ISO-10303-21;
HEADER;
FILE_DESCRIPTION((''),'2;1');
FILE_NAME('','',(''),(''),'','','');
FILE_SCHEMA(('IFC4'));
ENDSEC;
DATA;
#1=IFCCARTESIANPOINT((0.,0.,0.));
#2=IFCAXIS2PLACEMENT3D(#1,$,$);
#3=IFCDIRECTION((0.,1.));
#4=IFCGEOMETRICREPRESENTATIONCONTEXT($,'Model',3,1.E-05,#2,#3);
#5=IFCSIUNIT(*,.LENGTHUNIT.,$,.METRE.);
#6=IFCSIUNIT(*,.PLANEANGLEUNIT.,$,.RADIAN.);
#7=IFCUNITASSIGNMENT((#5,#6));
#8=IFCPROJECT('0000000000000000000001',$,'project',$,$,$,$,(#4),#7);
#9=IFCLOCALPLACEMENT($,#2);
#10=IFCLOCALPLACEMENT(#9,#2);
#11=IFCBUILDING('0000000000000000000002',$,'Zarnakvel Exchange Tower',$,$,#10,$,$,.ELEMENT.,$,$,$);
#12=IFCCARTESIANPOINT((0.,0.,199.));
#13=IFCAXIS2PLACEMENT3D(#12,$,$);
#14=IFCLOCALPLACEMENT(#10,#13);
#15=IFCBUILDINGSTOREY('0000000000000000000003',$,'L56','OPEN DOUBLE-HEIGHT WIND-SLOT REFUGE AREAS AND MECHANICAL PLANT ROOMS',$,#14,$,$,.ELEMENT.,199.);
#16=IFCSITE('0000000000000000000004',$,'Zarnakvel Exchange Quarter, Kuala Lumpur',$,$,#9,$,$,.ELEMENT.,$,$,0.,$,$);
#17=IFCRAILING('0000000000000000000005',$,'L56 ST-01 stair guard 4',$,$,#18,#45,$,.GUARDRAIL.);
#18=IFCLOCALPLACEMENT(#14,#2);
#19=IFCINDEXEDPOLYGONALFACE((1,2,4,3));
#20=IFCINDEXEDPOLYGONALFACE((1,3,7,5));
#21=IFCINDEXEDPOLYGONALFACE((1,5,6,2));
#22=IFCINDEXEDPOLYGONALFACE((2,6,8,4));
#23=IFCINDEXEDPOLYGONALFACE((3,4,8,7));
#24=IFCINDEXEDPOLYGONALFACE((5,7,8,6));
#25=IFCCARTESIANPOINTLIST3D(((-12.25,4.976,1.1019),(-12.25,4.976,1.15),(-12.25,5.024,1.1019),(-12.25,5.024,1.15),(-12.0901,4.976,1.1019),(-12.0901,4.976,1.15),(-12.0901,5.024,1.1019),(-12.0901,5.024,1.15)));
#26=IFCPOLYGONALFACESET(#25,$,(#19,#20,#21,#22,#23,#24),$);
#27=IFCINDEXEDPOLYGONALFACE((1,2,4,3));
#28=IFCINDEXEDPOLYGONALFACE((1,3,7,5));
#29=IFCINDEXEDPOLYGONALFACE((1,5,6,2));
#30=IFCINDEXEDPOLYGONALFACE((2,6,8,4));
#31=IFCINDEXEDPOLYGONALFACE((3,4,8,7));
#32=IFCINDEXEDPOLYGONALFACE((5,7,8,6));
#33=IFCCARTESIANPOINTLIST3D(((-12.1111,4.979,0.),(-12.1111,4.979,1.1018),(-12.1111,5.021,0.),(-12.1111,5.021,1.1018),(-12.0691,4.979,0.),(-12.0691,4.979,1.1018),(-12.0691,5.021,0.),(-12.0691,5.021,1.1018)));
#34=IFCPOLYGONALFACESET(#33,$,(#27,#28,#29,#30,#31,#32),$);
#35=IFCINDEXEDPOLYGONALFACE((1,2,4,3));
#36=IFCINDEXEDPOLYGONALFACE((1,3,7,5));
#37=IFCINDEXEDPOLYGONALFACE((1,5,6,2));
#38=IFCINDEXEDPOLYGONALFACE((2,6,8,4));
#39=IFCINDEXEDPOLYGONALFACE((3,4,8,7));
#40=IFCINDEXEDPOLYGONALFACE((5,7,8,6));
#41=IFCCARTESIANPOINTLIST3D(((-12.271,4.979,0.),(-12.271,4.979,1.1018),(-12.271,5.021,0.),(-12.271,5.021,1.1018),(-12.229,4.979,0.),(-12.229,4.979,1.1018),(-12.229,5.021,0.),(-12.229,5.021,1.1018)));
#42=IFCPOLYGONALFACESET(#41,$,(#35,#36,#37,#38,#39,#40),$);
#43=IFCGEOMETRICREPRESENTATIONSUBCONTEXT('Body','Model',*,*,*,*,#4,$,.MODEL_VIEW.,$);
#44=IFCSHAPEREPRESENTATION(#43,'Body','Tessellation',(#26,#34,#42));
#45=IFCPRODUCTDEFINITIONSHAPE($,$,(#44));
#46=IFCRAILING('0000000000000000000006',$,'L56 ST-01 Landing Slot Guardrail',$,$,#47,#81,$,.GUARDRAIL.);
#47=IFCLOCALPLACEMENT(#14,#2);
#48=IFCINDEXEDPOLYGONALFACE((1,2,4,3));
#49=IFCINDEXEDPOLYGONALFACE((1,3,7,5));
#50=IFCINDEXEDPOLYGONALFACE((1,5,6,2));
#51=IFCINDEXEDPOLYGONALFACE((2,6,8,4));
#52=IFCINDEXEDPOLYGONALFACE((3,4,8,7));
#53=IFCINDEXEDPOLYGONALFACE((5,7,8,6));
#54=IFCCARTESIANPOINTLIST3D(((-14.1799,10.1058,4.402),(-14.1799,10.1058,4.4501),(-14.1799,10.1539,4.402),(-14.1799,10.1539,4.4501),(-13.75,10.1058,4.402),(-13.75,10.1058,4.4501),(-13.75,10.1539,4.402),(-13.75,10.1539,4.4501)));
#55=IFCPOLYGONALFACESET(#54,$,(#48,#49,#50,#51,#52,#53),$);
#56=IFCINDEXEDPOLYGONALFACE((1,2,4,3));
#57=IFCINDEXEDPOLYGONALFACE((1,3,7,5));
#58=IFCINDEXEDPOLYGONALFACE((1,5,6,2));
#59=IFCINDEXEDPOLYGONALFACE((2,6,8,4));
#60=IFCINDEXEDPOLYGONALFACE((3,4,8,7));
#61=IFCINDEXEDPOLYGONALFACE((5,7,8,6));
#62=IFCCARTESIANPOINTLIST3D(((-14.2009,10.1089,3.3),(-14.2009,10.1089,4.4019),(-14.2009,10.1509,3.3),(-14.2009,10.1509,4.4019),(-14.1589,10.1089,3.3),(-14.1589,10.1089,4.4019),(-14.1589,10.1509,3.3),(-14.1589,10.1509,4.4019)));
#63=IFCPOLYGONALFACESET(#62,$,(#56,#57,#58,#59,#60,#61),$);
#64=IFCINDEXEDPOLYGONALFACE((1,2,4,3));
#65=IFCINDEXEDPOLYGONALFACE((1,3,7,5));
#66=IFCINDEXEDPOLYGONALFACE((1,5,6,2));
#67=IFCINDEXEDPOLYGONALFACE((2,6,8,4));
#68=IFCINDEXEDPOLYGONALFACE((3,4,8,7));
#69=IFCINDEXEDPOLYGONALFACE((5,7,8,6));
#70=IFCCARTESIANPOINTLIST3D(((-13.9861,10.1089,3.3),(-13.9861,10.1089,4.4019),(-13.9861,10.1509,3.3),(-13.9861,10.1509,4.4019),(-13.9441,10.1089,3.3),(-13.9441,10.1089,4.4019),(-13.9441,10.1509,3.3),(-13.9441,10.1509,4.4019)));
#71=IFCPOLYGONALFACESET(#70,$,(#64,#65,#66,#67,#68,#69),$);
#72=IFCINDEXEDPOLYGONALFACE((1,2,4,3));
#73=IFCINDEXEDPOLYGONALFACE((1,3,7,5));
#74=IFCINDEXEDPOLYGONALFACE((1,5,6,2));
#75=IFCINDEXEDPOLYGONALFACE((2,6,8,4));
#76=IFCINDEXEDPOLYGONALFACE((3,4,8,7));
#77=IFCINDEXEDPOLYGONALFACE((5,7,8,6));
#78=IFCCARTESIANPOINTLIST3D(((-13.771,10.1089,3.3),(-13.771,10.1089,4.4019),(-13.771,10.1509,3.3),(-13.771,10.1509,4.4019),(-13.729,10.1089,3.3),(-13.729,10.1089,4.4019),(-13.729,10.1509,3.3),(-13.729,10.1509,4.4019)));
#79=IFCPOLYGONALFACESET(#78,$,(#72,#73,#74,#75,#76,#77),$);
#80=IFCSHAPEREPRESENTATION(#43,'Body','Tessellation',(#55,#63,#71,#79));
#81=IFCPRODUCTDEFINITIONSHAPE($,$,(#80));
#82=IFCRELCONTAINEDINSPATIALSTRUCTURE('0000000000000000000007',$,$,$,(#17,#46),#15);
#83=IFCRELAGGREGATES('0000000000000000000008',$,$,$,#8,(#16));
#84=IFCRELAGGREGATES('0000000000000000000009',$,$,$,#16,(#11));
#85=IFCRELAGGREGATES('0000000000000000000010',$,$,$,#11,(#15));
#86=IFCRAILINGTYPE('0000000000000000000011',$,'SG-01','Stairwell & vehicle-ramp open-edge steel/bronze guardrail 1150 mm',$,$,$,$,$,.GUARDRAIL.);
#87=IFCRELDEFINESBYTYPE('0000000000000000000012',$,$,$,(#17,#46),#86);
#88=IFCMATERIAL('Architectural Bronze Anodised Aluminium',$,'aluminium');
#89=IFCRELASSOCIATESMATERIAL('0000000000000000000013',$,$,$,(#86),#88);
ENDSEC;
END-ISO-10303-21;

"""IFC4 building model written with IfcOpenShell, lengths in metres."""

from ifc_helpers import new_model, si_unit, direction, frame, origin, origin_2d, place, context, subcontext, project, spatial, rectangle, extrude, material, type_object, element, save


model = new_model("IFC4")

# Units and contexts
model_context = context("Model", 3, precision=1e-05, world=origin(), true_north=direction((0.0, 1.0)))
body_context = subcontext(model_context, "Body", "Model", "MODEL_VIEW")
ifc_project = project(units=[si_unit("LENGTHUNIT", "METRE"), si_unit("PLANEANGLEUNIT", "RADIAN")], contexts=[model_context])

# Site, building, storey
site_placement = place(None, origin())
site = spatial("IfcSite", under=ifc_project, at=site_placement, Name="Zarnakvel Exchange Quarter, Kuala Lumpur", CompositionType="ELEMENT", RefElevation=0.0)
building_placement = place(site_placement, origin())
building = spatial("IfcBuilding", under=site, at=building_placement, Name="Zarnakvel Exchange Tower", CompositionType="ELEMENT")
storey_placement = place(building_placement, frame((0.0, 0.0, 199.0)))
storey = spatial("IfcBuildingStorey", under=building, at=storey_placement, Name="L56", Description="OPEN DOUBLE-HEIGHT WIND-SLOT REFUGE AREAS AND MECHANICAL PLANT ROOMS", CompositionType="ELEMENT", Elevation=199.0)

# Railings
ifc_material_1 = material(Name="Architectural Bronze Anodised Aluminium", Category="aluminium")
railing_type_1 = type_object("IfcRailingType", Name="SG-01", Description="Stairwell & vehicle-ramp open-edge steel/bronze guardrail 1150 mm", PredefinedType="GUARDRAIL", material=ifc_material_1)
railing_1_placement = place(storey_placement, frame((-12.0901, 5.0, 0.0)))
element("IfcRailing", 1, at=railing_1_placement, inside=storey, type_object=railing_type_1, Name="L56 ST-01 stair guard 4", PredefinedType="GUARDRAIL", context=body_context, shape_type="SweptSolid", body=[
    extrude(rectangle(XDim=0.0481, YDim=0.0481, at=origin_2d()), frame((0.0, 0.0, 1.126), z_axis=(-1.0, 0.0, 0.0), x_axis=(0.0, -1.0, 0.0)), (0.0, 0.0, 1.0), 0.1599),
    extrude(rectangle(XDim=0.042, YDim=0.042, at=origin_2d()), origin(), (0.0, 0.0, 1.0), 1.1018),
    extrude(rectangle(XDim=0.042, YDim=0.042, at=origin_2d()), frame((-0.1599, 0.0, 0.0)), (0.0, 0.0, 1.0), 1.1018),
])
railing_2_placement = place(storey_placement, frame((-14.1799, 10.1299, 3.3)))
element("IfcRailing", 2, at=railing_2_placement, inside=storey, type_object=railing_type_1, Name="L56 ST-01 Landing Slot Guardrail", PredefinedType="GUARDRAIL", context=body_context, shape_type="SweptSolid", body=[
    extrude(rectangle(XDim=0.0481, YDim=0.0481, at=origin_2d()), frame((0.0, 0.0, 1.126), z_axis=(1.0, 0.0, 0.0), x_axis=(0.0, 1.0, 0.0)), (0.0, 0.0, 1.0), 0.4299),
    extrude(rectangle(XDim=0.042, YDim=0.042, at=origin_2d()), origin(), (0.0, 0.0, 1.0), 1.1018),
    extrude(rectangle(XDim=0.042, YDim=0.042, at=origin_2d()), frame((0.2148, 0.0, 0.0)), (0.0, 0.0, 1.0), 1.1018),
    extrude(rectangle(XDim=0.042, YDim=0.042, at=origin_2d()), frame((0.4299, 0.0, 0.0)), (0.0, 0.0, 1.0), 1.1018),
])

save(model, "model.ifc")
